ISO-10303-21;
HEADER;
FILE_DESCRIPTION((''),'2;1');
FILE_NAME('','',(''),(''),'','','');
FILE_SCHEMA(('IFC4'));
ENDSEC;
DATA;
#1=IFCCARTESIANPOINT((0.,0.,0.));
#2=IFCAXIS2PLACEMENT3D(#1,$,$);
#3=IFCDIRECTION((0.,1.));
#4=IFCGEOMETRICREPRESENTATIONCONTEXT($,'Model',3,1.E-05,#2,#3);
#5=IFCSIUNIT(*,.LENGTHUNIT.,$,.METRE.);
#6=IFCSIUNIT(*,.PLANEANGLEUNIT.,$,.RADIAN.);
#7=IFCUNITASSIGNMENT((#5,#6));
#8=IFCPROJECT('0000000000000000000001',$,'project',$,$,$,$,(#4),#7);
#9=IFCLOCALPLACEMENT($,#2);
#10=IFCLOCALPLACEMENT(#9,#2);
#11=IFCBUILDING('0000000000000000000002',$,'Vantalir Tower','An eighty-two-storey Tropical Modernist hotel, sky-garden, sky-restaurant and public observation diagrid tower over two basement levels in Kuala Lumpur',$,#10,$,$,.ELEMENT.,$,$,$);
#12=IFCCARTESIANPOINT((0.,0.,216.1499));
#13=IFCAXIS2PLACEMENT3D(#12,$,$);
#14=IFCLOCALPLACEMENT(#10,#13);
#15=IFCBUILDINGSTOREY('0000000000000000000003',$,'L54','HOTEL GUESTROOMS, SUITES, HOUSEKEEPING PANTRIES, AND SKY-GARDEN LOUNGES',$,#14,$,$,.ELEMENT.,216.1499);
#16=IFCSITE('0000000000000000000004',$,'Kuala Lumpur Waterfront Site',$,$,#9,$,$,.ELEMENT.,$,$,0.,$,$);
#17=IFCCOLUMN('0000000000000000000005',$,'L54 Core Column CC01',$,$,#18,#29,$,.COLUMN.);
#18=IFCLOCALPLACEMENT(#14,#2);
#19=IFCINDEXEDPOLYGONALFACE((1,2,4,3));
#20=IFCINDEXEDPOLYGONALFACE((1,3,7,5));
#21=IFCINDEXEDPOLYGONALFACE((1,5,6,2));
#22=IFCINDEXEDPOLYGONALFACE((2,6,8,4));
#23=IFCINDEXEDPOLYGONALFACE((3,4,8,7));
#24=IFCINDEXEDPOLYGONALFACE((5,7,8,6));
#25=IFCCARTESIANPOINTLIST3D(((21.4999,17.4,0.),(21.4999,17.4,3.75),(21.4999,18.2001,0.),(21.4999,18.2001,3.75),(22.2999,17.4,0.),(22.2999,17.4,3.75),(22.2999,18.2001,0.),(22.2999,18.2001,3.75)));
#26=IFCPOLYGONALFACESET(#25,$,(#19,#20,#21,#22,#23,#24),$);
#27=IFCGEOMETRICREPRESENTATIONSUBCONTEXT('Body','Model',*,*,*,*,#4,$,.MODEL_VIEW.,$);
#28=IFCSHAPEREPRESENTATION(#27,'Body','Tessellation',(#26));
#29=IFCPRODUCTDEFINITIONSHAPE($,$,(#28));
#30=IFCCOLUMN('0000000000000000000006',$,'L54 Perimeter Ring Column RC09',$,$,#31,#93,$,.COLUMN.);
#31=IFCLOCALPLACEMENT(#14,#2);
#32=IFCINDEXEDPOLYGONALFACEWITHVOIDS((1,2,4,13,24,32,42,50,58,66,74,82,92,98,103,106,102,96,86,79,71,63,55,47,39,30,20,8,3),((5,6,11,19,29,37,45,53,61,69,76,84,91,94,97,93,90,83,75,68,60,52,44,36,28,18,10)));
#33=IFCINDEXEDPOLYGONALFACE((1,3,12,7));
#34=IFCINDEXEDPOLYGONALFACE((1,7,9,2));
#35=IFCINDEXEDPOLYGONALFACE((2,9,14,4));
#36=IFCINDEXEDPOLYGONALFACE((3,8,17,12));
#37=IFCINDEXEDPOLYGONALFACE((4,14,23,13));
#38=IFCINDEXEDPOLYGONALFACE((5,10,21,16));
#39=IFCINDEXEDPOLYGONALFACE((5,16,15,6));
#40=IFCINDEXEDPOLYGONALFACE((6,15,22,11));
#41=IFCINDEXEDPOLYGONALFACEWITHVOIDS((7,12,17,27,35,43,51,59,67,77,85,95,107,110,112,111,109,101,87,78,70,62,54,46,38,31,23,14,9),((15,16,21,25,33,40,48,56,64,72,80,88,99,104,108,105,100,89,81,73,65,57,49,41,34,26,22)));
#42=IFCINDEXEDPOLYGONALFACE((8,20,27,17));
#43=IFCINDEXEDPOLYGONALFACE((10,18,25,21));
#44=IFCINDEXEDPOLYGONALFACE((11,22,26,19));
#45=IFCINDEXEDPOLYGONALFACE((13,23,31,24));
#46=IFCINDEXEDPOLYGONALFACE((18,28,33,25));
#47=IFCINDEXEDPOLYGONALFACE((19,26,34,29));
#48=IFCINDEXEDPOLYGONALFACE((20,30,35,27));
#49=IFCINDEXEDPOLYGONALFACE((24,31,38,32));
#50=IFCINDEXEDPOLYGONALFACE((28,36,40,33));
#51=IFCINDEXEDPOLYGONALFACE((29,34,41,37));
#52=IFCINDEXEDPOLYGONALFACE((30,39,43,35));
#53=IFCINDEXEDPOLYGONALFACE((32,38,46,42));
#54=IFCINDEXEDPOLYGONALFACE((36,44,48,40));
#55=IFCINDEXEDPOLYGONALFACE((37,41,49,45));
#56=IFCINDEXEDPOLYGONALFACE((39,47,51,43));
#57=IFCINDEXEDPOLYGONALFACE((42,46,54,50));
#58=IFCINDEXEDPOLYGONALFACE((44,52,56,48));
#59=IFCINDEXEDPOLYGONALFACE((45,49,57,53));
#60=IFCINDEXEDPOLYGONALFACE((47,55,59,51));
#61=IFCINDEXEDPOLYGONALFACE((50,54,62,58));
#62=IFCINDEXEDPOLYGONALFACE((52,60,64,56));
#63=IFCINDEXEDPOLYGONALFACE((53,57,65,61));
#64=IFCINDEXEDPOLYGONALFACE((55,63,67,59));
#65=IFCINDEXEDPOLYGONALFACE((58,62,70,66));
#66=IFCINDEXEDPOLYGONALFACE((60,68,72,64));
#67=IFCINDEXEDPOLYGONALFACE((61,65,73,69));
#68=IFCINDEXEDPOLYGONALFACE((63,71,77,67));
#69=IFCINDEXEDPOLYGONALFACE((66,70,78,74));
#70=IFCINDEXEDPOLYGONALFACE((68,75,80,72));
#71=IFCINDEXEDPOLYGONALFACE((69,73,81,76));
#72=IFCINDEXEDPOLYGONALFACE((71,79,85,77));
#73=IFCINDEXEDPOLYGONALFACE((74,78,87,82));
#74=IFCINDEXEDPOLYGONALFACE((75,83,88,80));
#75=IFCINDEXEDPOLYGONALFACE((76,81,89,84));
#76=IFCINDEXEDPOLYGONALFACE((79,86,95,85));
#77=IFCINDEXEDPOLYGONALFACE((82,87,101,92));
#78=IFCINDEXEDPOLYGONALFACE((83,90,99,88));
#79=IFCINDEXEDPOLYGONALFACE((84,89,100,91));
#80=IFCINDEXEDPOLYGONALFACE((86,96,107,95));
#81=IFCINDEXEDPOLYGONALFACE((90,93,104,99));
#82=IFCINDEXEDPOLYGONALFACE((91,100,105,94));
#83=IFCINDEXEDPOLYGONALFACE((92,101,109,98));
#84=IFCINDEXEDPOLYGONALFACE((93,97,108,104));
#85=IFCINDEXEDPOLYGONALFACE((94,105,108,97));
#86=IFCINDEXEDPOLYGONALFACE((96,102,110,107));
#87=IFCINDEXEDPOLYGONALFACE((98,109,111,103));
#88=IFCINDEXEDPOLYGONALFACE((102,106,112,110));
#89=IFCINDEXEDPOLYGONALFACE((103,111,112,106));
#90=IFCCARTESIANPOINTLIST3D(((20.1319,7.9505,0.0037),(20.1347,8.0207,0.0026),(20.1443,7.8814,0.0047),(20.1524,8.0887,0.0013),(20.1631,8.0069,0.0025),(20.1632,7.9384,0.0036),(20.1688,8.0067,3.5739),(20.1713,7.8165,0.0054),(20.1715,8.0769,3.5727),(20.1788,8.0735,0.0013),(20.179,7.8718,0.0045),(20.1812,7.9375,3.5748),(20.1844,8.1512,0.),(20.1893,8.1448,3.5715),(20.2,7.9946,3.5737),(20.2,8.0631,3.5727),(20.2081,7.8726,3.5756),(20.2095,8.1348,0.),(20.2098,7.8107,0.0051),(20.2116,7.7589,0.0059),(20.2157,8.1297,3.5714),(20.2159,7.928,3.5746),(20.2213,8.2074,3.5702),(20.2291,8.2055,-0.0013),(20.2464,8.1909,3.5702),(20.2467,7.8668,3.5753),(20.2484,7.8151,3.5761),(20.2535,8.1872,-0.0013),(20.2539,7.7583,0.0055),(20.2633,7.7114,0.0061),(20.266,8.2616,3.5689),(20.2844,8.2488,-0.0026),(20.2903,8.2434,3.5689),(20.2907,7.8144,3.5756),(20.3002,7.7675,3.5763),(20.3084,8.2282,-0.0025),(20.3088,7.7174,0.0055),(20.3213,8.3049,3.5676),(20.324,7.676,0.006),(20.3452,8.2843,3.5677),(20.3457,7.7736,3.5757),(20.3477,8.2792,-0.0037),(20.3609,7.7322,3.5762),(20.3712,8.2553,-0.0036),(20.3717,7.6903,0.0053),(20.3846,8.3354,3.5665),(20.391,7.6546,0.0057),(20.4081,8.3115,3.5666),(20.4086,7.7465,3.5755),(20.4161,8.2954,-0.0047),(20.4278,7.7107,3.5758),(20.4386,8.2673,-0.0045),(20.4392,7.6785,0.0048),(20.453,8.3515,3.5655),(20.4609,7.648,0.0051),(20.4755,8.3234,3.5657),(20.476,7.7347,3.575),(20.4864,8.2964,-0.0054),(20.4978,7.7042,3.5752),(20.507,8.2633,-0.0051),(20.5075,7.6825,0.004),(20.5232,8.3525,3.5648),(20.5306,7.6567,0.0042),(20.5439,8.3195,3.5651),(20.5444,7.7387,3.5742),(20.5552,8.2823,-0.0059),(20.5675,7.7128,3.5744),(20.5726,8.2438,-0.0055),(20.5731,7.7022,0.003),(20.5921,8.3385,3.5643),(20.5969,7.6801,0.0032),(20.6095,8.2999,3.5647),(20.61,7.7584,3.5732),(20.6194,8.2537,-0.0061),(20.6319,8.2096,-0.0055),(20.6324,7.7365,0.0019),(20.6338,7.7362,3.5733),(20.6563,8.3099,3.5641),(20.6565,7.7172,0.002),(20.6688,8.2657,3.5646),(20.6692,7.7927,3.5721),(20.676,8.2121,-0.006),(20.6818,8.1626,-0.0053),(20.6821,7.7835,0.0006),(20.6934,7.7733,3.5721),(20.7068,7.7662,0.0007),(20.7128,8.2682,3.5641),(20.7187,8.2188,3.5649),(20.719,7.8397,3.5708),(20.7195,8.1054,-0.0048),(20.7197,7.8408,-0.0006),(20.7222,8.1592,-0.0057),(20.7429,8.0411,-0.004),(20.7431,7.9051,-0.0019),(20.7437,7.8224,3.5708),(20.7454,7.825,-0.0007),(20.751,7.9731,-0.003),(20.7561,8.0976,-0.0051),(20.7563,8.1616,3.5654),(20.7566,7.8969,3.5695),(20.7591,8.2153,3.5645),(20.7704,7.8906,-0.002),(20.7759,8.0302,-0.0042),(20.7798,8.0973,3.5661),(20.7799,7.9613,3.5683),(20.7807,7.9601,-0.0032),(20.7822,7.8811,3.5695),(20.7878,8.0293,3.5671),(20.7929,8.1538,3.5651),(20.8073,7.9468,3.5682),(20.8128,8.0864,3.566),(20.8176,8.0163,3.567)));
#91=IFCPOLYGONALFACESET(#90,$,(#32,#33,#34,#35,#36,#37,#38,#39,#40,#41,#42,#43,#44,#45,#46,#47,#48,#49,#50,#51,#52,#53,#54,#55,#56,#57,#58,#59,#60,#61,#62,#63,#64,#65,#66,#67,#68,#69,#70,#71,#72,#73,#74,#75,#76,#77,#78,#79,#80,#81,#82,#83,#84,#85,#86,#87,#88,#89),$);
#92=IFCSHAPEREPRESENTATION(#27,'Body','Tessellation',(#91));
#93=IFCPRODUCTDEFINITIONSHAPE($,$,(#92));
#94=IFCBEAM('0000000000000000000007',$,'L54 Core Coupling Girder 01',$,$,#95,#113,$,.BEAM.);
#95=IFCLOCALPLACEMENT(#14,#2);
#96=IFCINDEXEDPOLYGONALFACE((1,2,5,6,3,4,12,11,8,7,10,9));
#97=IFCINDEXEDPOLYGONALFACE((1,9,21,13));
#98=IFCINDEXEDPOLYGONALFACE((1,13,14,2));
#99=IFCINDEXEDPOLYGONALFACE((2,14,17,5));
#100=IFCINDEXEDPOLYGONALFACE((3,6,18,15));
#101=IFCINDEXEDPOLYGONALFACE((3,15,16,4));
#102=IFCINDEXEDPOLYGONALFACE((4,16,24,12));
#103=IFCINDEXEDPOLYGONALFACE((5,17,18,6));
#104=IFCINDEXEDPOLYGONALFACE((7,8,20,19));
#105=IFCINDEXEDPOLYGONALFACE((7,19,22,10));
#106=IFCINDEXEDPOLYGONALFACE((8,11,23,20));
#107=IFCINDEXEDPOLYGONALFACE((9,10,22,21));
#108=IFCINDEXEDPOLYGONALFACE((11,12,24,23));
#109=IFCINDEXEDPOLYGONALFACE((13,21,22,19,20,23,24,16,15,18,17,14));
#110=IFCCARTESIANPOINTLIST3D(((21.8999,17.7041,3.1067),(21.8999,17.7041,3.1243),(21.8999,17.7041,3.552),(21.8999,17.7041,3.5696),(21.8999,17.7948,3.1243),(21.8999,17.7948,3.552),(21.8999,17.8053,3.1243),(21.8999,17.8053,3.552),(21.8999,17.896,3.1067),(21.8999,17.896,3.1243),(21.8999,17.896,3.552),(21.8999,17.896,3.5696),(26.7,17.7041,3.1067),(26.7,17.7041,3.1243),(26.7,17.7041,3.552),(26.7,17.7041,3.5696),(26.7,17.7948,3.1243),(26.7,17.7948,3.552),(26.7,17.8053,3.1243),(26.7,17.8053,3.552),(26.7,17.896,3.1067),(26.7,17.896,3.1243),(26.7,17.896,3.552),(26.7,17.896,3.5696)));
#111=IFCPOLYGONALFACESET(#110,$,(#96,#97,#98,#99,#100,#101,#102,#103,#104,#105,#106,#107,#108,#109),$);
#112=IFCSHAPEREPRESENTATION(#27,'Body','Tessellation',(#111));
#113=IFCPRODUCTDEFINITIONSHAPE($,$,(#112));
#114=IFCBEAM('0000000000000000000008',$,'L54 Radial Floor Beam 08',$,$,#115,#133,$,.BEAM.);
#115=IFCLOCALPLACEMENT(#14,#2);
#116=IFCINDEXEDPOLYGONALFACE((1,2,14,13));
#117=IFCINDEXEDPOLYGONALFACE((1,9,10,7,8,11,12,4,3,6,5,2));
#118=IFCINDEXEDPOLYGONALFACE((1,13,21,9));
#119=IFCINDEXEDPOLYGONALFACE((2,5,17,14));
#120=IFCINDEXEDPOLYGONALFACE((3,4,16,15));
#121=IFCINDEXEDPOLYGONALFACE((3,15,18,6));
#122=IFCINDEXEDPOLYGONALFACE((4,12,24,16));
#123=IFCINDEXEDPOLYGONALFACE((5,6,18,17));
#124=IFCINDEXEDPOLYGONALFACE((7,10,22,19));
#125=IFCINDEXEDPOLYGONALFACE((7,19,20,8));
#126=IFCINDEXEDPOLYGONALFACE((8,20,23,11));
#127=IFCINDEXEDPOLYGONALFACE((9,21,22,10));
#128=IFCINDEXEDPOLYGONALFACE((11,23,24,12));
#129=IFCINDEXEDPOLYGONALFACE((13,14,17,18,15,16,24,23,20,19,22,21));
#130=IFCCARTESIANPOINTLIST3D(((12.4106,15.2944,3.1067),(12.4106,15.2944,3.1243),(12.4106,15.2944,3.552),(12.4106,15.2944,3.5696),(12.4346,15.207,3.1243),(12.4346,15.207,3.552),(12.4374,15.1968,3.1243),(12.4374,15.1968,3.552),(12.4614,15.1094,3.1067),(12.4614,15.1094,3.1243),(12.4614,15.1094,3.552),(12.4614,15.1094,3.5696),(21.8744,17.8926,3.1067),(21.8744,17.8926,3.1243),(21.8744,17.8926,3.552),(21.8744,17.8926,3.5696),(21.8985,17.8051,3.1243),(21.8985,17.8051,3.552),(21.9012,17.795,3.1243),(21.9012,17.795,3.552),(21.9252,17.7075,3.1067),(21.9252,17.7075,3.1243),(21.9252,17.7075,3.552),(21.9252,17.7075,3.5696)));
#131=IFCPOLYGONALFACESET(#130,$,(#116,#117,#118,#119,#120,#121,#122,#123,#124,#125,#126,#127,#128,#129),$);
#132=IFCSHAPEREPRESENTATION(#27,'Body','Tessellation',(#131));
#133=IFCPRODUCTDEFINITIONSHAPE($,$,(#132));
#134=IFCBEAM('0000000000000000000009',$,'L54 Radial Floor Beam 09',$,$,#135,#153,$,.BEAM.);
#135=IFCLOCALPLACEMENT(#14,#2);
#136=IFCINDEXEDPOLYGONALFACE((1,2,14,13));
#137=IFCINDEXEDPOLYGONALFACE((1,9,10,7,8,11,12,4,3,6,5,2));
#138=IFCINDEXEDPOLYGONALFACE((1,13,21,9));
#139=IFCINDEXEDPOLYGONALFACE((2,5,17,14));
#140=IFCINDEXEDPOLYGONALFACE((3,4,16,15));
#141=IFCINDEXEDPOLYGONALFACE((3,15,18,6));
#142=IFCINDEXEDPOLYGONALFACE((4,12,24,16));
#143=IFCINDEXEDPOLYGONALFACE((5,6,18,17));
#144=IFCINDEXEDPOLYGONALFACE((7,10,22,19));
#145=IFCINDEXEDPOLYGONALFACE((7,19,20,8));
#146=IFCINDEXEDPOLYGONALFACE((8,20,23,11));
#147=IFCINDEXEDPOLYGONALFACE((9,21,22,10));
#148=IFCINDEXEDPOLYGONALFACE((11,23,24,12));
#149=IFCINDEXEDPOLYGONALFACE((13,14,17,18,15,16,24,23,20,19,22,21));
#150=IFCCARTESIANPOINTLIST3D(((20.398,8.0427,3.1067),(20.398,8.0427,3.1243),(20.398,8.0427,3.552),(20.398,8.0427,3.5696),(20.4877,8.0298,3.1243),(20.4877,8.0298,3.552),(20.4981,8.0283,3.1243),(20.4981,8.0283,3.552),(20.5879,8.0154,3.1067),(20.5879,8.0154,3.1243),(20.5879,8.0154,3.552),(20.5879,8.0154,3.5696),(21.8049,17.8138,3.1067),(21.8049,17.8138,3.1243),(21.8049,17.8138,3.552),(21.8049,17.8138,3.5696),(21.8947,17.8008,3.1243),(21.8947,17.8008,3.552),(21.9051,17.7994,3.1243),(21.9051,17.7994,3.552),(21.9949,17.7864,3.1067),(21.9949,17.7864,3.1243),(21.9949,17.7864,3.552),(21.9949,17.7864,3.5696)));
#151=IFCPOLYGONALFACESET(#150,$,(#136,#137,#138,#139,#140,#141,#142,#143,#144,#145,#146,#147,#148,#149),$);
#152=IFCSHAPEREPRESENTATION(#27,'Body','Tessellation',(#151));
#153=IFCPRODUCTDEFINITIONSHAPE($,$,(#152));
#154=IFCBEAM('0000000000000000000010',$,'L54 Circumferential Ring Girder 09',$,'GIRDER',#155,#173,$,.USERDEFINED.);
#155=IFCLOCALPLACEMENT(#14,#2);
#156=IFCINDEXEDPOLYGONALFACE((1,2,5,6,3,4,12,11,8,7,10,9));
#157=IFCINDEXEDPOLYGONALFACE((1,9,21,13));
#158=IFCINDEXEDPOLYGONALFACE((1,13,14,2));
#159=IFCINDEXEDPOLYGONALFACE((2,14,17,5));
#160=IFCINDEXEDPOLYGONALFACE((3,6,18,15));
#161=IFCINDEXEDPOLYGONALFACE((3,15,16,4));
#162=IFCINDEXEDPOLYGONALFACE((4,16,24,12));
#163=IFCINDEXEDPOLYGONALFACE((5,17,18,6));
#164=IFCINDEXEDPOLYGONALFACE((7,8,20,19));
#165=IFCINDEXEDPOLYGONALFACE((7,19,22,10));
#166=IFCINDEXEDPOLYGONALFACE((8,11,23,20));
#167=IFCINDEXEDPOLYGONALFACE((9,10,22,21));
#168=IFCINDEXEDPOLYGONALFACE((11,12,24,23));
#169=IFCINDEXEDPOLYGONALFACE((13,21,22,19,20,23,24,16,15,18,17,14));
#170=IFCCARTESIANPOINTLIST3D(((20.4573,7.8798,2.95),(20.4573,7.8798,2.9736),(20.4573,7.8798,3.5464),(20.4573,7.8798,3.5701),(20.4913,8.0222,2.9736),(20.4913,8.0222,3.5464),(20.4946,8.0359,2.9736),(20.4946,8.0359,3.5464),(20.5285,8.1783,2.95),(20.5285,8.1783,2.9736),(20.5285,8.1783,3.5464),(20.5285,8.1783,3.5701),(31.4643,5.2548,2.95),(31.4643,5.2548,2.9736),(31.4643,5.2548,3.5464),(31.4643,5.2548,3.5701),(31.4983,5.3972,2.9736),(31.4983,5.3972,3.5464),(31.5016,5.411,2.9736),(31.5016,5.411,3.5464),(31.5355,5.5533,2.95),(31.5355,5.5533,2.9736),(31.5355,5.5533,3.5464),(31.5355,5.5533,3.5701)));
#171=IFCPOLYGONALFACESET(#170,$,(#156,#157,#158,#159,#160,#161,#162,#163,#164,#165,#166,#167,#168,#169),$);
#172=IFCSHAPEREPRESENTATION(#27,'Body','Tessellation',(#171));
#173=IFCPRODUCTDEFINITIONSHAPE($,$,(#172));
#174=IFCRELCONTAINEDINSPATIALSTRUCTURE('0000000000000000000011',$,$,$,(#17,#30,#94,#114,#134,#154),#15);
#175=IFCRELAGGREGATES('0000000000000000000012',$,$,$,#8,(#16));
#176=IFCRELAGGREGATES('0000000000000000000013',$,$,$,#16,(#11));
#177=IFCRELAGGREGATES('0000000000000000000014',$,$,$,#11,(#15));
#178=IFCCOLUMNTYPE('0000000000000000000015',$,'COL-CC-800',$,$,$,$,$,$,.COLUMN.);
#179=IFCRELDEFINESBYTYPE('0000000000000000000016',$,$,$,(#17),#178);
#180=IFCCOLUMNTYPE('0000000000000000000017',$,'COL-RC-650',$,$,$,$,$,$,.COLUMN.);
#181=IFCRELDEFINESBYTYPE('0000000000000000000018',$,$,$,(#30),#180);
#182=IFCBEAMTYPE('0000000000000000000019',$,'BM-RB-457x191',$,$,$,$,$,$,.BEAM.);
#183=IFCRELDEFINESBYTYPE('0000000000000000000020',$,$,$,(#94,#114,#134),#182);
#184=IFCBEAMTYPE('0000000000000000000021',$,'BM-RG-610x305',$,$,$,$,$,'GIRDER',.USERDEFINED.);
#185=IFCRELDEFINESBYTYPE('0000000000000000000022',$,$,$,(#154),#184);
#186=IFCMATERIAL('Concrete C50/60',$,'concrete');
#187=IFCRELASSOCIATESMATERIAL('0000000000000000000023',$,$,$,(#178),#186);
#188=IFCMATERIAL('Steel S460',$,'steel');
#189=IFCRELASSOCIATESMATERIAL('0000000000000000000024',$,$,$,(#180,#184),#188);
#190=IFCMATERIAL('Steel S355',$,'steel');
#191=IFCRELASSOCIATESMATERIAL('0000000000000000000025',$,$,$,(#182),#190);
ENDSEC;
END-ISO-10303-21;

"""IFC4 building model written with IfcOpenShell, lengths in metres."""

from ifc_helpers import new_model, si_unit, direction, frame, origin, origin_2d, place, context, subcontext, project, spatial, rectangle, hollow_circle, i_section, extrude, material, material_profile, profile_set, type_object, element, save


model = new_model("IFC4")

# Units and contexts
model_context = context("Model", 3, precision=1e-05, world=origin(), true_north=direction((0.0, 1.0)))
body_context = subcontext(model_context, "Body", "Model", "MODEL_VIEW")
ifc_project = project(units=[si_unit("LENGTHUNIT", "METRE"), si_unit("PLANEANGLEUNIT", "RADIAN")], contexts=[model_context])

# Site, building, storey
site_placement = place(None, origin())
site = spatial("IfcSite", under=ifc_project, at=site_placement, Name="Kuala Lumpur Waterfront Site", CompositionType="ELEMENT", RefElevation=0.0)
building_placement = place(site_placement, origin())
building = spatial("IfcBuilding", under=site, at=building_placement, Name="Vantalir Tower", Description="An eighty-two-storey Tropical Modernist hotel, sky-garden, sky-restaurant and public observation diagrid tower over two basement levels in Kuala Lumpur", CompositionType="ELEMENT")
storey_placement = place(building_placement, frame((0.0, 0.0, 216.1499)))
storey = spatial("IfcBuildingStorey", under=building, at=storey_placement, Name="L54", Description="HOTEL GUESTROOMS, SUITES, HOUSEKEEPING PANTRIES, AND SKY-GARDEN LOUNGES", CompositionType="ELEMENT", Elevation=216.1499)

# Columns
ifc_material_1 = material(Name="Concrete C50/60", Category="concrete")
ifc_material_profile_1 = material_profile(ifc_material_1, rectangle(XDim=0.8, YDim=0.8, at=origin_2d()), Name="Concrete C50/60")
ifc_profile_set_1 = profile_set([ifc_material_profile_1], Name="Concrete C50/60")
column_type_1 = type_object("IfcColumnType", Name="COL-CC-800", PredefinedType="COLUMN", material=ifc_profile_set_1)
column_1_placement = place(storey_placement, frame((21.8999, 17.8, 0.0), z_axis=(0.0, 0.0, 1.0), x_axis=(1.0, 0.0, 0.0)))
element("IfcColumn", 1, at=column_1_placement, inside=storey, type_object=column_type_1, Name="L54 Core Column CC01", PredefinedType="COLUMN", context=body_context, shape_type="SweptSolid", body=[
    extrude(rectangle(XDim=0.8, YDim=0.8, at=origin_2d()), origin(), (0.0, 0.0, 1.0), 3.75),
])
ifc_material_2 = material(Name="Steel S460", Category="steel")
ifc_material_profile_2 = material_profile(ifc_material_2, hollow_circle(Radius=0.325, WallThickness=0.03, at=origin_2d()), Name="Steel S460")
ifc_profile_set_2 = profile_set([ifc_material_profile_2], Name="Steel S460")
column_type_2 = type_object("IfcColumnType", Name="COL-RC-650", PredefinedType="COLUMN", material=ifc_profile_set_2)
column_2_placement = place(storey_placement, frame((20.4561, 7.9729, 0.0), z_axis=(0.010324, 0.015726, 0.999823), x_axis=(-0.835944, 0.548815, 0.0)))
element("IfcColumn", 2, at=column_2_placement, inside=storey, type_object=column_type_2, Name="L54 Perimeter Ring Column RC09", PredefinedType="COLUMN", context=body_context, shape_type="SweptSolid", body=[
    extrude(hollow_circle(Radius=0.325, WallThickness=0.03, at=origin_2d()), origin(), (0.0, 0.0, 1.0), 3.5708),
])

# Beams
ifc_material_3 = material(Name="Steel S355", Category="steel")
ifc_material_profile_3 = material_profile(ifc_material_3, i_section(OverallWidth=0.1919, OverallDepth=0.4629, WebThickness=0.0105, FlangeThickness=0.0176, at=origin_2d()), Name="Steel S355")
ifc_profile_set_3 = profile_set([ifc_material_profile_3], Name="Steel S355")
beam_type_1 = type_object("IfcBeamType", Name="BM-RB-457x191", PredefinedType="BEAM", material=ifc_profile_set_3)
beam_1_placement = place(storey_placement, frame((21.8999, 17.8, 3.3381), z_axis=(1.0, 0.0, 0.0), x_axis=(0.0, 1.0, 0.0)))
element("IfcBeam", 3, at=beam_1_placement, inside=storey, type_object=beam_type_1, Name="L54 Core Coupling Girder 01", PredefinedType="BEAM", context=body_context, shape_type="SweptSolid", body=[
    extrude(i_section(OverallWidth=0.1919, OverallDepth=0.4629, WebThickness=0.0105, FlangeThickness=0.0176, at=origin_2d()), origin(), (0.0, 0.0, 1.0), 4.8),
])
beam_2_placement = place(storey_placement, frame((12.436, 15.2019, 3.3381), z_axis=(0.96432, 0.264738, 0.0), x_axis=(-0.264738, 0.96432, 0.0)))
element("IfcBeam", 4, at=beam_2_placement, inside=storey, type_object=beam_type_1, Name="L54 Radial Floor Beam 08", PredefinedType="BEAM", context=body_context, shape_type="SweptSolid", body=[
    extrude(i_section(OverallWidth=0.1919, OverallDepth=0.4629, WebThickness=0.0105, FlangeThickness=0.0176, at=origin_2d()), origin(), (0.0, 0.0, 1.0), 9.814),
])
beam_3_placement = place(storey_placement, frame((20.4929, 8.0291, 3.3381), z_axis=(0.142526, 0.989791, 0.0), x_axis=(-0.989791, 0.142526, 0.0)))
element("IfcBeam", 5, at=beam_3_placement, inside=storey, type_object=beam_type_1, Name="L54 Radial Floor Beam 09", PredefinedType="BEAM", context=body_context, shape_type="SweptSolid", body=[
    extrude(i_section(OverallWidth=0.1919, OverallDepth=0.4629, WebThickness=0.0105, FlangeThickness=0.0176, at=origin_2d()), origin(), (0.0, 0.0, 1.0), 9.8718),
])
ifc_material_profile_4 = material_profile(ifc_material_2, i_section(OverallWidth=0.3069, OverallDepth=0.6201, WebThickness=0.0142, FlangeThickness=0.0237, at=origin_2d()), Name="Steel S460")
ifc_profile_set_4 = profile_set([ifc_material_profile_4], Name="Steel S460")
beam_type_2 = type_object("IfcBeamType", Name="BM-RG-610x305", ElementType="GIRDER", PredefinedType="USERDEFINED", material=ifc_profile_set_4)
beam_4_placement = place(storey_placement, frame((20.4929, 8.0291, 3.26), z_axis=(0.972721, -0.231977, 0.0), x_axis=(0.231977, 0.972721, 0.0)))
element("IfcBeam", 6, at=beam_4_placement, inside=storey, type_object=beam_type_2, Name="L54 Circumferential Ring Girder 09", ObjectType="GIRDER", PredefinedType="USERDEFINED", context=body_context, shape_type="SweptSolid", body=[
    extrude(i_section(OverallWidth=0.3069, OverallDepth=0.6201, WebThickness=0.0142, FlangeThickness=0.0237, at=origin_2d()), origin(), (0.0, 0.0, 1.0), 11.3157),
])

save(model, "model.ifc")
